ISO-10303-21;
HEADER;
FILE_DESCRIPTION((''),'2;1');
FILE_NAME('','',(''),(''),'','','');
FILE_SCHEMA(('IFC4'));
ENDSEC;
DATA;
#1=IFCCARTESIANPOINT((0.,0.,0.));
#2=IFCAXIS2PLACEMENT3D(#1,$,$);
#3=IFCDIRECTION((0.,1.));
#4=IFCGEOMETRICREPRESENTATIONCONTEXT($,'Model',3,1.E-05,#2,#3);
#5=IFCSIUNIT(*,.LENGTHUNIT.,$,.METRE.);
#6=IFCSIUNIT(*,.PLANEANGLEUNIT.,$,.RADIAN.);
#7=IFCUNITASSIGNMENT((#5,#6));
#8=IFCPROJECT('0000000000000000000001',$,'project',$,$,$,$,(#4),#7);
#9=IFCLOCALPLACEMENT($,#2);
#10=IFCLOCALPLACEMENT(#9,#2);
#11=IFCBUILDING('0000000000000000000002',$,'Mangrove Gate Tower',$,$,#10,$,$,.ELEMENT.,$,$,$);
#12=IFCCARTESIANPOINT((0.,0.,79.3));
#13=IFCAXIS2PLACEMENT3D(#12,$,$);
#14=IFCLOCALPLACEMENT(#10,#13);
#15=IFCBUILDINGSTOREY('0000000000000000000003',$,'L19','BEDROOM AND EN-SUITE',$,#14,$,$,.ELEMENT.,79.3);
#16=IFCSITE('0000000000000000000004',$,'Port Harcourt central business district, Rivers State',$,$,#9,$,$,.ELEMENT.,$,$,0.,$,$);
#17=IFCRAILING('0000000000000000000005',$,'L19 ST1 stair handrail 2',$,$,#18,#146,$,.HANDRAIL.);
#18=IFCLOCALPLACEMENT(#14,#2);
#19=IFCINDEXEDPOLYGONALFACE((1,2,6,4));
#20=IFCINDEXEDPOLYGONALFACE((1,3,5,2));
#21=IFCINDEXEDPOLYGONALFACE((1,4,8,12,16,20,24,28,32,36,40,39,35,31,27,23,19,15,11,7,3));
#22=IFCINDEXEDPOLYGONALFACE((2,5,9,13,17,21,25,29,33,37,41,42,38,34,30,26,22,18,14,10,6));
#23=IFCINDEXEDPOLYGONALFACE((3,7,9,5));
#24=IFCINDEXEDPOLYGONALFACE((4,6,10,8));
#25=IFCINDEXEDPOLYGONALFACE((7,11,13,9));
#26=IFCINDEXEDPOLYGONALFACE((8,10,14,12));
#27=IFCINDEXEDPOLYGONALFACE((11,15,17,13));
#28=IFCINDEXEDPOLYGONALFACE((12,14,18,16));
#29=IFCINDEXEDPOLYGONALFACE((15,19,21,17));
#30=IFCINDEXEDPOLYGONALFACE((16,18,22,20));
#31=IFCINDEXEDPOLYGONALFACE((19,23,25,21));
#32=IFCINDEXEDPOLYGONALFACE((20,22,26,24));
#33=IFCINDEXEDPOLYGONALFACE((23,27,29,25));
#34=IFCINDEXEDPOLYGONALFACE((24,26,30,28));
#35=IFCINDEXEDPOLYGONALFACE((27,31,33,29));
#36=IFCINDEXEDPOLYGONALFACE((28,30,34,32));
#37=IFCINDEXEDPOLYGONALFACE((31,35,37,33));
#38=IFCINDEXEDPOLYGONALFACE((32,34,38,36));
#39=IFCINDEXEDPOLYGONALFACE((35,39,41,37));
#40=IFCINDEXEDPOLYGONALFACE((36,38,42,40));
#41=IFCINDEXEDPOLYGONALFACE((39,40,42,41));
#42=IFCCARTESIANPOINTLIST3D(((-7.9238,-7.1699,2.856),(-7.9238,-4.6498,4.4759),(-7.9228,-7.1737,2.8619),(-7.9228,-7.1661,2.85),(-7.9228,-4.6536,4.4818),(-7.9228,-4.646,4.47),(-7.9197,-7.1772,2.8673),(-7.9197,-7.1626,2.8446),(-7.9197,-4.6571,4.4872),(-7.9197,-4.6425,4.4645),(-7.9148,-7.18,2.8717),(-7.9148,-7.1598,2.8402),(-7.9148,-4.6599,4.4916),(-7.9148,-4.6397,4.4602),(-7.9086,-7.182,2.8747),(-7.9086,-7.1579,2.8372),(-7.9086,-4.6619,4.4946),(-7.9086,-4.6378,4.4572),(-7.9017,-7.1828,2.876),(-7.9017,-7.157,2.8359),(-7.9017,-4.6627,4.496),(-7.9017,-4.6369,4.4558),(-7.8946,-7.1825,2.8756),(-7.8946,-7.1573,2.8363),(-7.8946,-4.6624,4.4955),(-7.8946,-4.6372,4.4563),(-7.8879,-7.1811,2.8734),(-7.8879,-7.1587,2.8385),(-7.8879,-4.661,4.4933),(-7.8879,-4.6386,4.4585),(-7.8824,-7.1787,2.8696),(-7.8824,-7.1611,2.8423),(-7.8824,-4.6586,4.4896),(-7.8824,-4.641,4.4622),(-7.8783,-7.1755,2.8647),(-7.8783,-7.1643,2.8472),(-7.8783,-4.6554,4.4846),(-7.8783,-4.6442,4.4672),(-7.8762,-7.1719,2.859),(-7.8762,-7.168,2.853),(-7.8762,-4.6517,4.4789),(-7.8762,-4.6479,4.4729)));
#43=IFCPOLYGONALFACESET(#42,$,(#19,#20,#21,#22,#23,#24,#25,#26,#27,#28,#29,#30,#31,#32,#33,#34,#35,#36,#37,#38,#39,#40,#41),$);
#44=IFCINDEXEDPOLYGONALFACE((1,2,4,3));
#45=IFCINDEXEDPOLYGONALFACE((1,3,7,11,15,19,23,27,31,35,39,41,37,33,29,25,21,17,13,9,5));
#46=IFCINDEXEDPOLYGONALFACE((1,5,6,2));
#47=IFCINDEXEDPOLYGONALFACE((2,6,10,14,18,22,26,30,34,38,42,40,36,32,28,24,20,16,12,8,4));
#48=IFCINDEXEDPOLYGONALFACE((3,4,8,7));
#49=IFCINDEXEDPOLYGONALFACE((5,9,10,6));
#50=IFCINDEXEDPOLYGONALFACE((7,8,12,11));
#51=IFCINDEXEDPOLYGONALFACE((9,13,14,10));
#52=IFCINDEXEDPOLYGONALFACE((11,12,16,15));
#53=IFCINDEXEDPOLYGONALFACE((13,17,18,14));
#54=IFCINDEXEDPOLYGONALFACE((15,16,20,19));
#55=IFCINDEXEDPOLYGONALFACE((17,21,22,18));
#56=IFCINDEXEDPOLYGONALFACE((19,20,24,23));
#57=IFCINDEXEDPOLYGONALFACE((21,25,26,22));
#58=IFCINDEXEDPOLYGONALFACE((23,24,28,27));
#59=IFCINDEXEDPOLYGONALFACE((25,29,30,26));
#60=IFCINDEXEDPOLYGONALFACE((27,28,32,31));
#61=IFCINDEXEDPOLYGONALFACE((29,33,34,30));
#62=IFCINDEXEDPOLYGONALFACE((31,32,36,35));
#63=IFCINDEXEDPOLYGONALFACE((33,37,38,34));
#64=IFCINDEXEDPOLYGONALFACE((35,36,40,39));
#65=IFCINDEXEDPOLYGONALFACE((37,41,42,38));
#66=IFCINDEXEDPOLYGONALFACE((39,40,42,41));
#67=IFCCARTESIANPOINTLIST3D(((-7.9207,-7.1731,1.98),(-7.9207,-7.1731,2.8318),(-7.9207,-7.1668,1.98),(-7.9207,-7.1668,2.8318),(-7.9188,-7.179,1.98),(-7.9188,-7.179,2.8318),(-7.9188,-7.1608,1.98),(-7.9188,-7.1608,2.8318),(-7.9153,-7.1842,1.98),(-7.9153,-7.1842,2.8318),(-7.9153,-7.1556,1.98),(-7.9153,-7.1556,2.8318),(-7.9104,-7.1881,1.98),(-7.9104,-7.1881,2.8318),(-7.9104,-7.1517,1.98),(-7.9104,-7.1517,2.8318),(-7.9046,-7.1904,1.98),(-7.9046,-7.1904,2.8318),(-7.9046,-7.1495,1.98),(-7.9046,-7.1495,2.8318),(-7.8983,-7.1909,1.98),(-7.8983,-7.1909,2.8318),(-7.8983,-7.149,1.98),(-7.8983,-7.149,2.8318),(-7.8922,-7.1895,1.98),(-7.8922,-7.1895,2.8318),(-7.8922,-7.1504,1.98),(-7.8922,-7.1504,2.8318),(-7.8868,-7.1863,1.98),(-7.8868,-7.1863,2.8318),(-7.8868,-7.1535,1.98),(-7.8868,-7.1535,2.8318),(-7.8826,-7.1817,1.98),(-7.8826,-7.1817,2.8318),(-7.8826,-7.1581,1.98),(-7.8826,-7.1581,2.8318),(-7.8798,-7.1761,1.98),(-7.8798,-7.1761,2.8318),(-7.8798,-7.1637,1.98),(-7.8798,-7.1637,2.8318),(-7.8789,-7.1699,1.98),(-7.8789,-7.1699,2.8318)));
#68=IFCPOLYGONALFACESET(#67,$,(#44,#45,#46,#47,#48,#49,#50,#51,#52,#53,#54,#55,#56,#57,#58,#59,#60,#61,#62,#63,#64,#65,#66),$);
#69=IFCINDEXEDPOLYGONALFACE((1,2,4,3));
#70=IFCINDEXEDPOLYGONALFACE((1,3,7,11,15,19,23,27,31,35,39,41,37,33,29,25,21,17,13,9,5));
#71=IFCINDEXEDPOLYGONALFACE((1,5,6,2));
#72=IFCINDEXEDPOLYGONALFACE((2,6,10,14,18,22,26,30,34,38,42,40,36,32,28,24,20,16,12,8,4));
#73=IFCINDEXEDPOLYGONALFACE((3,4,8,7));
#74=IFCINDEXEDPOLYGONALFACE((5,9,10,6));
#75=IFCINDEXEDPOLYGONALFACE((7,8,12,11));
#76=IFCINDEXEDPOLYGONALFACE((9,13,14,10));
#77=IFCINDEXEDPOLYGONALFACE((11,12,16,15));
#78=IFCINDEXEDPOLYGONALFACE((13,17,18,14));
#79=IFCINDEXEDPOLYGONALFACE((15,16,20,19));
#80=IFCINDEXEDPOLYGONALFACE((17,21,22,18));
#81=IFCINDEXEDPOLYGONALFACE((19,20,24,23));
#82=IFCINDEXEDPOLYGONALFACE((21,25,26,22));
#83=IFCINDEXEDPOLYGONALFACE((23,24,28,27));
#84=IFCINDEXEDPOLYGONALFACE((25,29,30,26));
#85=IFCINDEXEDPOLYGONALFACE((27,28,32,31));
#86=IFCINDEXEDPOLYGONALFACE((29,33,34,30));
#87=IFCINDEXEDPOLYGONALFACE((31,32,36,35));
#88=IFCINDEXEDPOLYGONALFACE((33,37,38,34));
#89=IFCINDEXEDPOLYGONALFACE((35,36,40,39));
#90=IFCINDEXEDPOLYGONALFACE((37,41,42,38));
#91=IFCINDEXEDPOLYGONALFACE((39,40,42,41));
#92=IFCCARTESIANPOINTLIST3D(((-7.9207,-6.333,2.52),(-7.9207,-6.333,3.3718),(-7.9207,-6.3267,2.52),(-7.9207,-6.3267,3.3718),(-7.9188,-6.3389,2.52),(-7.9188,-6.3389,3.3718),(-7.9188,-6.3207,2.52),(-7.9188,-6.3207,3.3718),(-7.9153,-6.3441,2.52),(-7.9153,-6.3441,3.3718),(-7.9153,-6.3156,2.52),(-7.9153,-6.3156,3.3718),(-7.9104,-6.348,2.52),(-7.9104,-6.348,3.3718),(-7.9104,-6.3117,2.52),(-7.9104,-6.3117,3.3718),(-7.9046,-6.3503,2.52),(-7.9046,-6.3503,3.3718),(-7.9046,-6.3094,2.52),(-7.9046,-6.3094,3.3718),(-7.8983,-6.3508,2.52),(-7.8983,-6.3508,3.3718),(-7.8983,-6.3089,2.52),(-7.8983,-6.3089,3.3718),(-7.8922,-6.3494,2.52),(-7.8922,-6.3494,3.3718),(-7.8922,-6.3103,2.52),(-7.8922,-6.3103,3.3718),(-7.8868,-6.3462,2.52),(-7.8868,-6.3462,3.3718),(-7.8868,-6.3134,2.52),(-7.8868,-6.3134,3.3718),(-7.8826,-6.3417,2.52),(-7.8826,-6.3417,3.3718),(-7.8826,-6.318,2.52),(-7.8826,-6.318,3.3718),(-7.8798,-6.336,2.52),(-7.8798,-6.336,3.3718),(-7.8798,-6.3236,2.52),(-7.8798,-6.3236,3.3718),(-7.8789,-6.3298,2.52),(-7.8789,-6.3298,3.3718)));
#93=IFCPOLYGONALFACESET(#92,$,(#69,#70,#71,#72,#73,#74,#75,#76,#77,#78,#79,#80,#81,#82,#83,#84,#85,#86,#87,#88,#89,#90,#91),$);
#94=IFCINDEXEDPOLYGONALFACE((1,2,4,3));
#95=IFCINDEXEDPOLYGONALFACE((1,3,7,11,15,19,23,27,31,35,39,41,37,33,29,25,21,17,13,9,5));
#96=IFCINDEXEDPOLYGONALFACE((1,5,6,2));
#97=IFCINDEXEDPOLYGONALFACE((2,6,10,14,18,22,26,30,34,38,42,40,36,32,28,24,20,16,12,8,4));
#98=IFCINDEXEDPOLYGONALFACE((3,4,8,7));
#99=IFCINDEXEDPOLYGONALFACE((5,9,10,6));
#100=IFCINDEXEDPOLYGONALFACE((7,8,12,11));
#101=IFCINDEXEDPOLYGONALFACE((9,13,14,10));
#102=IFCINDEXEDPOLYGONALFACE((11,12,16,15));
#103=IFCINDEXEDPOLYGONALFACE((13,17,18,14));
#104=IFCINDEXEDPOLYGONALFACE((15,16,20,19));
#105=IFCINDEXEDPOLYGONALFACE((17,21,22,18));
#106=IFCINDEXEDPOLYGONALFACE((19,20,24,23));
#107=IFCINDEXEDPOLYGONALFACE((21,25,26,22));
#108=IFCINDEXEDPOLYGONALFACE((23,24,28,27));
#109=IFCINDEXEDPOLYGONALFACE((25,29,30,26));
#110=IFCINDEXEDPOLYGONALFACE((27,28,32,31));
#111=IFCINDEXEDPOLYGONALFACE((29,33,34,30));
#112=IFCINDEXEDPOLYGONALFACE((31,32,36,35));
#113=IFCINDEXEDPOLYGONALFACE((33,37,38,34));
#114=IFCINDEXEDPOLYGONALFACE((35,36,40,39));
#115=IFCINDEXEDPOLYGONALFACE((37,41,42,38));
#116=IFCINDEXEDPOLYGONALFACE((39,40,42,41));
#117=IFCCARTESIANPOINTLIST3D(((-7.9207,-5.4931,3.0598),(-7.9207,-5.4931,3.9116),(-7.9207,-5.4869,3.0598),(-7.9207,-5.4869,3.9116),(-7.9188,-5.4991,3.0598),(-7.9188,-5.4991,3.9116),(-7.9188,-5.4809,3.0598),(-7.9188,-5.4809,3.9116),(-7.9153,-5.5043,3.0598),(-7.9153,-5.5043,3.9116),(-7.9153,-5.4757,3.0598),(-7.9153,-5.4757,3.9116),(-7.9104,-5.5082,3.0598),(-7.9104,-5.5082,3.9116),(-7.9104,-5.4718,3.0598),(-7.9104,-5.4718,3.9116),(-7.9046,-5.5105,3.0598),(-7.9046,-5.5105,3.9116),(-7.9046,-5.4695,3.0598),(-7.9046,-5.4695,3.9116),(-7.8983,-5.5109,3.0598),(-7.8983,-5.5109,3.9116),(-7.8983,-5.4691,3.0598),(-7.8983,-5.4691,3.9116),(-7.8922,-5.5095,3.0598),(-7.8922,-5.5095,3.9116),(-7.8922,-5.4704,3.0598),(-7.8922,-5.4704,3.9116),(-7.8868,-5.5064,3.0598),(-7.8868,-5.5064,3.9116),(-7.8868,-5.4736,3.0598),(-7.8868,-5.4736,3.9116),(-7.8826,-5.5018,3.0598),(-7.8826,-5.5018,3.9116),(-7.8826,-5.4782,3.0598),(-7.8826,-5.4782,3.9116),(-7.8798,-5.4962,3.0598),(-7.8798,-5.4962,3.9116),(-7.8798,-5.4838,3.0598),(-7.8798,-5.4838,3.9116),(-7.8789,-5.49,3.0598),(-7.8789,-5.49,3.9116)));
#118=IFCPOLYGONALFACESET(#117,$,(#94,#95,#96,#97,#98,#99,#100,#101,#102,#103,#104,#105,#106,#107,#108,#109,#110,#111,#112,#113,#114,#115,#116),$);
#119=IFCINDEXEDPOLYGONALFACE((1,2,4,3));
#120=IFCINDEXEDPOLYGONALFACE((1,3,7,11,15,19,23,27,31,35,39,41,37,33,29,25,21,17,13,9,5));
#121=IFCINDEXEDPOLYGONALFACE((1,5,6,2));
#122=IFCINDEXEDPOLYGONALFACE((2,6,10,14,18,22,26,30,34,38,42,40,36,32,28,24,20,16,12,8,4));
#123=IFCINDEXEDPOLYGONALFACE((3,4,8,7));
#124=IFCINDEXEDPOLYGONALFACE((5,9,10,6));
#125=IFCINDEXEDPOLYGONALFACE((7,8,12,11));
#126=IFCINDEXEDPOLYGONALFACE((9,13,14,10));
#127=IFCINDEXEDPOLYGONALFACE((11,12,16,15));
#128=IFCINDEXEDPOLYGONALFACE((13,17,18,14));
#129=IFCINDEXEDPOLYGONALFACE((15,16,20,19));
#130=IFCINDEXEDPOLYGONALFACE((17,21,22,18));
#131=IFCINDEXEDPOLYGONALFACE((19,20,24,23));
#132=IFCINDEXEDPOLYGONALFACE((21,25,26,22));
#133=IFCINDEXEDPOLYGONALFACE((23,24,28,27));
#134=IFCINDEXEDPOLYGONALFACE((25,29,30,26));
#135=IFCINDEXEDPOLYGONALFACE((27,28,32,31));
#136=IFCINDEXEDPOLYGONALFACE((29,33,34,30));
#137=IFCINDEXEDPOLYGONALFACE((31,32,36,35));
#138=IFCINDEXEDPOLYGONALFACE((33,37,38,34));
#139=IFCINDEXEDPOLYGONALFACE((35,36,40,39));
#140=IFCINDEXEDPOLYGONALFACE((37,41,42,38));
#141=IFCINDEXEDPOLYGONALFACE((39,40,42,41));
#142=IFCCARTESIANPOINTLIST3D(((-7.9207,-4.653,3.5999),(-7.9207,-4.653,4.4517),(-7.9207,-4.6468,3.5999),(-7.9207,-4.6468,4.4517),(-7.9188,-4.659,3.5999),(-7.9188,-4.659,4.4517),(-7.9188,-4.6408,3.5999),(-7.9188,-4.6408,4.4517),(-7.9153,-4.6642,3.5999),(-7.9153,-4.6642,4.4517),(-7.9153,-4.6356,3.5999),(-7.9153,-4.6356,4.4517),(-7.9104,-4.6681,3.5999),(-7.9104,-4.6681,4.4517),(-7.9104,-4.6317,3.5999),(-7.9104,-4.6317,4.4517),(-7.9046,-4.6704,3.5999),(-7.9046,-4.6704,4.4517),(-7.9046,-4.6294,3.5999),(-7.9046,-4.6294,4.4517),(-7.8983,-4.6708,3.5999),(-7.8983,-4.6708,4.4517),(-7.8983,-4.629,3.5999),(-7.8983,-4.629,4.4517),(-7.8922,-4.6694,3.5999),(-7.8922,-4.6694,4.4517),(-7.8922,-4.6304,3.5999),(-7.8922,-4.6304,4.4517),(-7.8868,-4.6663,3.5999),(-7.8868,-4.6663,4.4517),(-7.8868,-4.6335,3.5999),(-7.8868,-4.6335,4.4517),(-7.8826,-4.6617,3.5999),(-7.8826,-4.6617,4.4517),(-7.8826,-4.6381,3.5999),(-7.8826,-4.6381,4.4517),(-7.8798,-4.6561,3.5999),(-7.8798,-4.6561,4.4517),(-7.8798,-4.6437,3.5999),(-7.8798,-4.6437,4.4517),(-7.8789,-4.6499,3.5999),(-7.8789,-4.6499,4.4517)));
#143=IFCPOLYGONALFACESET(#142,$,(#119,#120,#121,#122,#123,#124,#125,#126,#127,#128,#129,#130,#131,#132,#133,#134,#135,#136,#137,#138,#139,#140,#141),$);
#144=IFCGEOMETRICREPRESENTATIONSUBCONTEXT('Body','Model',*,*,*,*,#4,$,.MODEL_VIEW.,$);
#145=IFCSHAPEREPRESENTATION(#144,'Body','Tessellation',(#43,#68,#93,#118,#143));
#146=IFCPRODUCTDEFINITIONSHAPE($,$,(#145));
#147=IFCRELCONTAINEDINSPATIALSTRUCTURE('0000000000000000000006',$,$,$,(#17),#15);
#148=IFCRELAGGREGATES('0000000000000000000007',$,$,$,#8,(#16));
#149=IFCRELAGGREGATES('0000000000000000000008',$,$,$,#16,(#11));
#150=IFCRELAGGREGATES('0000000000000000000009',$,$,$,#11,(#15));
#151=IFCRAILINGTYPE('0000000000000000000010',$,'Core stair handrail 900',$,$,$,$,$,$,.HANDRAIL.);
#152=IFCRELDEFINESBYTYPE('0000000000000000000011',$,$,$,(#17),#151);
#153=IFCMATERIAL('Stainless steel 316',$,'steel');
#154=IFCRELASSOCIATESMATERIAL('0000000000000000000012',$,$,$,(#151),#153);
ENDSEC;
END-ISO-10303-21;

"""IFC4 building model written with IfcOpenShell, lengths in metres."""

from ifc_helpers import new_model, si_unit, direction, frame, origin, origin_2d, place, context, subcontext, project, spatial, circle, extrude, material, type_object, element, save


model = new_model("IFC4")

# Units and contexts
model_context = context("Model", 3, precision=1e-05, world=origin(), true_north=direction((0.0, 1.0)))
body_context = subcontext(model_context, "Body", "Model", "MODEL_VIEW")
ifc_project = project(units=[si_unit("LENGTHUNIT", "METRE"), si_unit("PLANEANGLEUNIT", "RADIAN")], contexts=[model_context])

# Site, building, storey
site_placement = place(None, origin())
site = spatial("IfcSite", under=ifc_project, at=site_placement, Name="Port Harcourt central business district, Rivers State", CompositionType="ELEMENT", RefElevation=0.0)
building_placement = place(site_placement, origin())
building = spatial("IfcBuilding", under=site, at=building_placement, Name="Mangrove Gate Tower", CompositionType="ELEMENT")
storey_placement = place(building_placement, frame((0.0, 0.0, 79.3)))
storey = spatial("IfcBuildingStorey", under=building, at=storey_placement, Name="L19", Description="BEDROOM AND EN-SUITE", CompositionType="ELEMENT", Elevation=79.3)

# Railing
ifc_material_1 = material(Name="Stainless steel 316", Category="steel")
railing_type_1 = type_object("IfcRailingType", Name="Core stair handrail 900", PredefinedType="HANDRAIL", material=ifc_material_1)
railing_1_placement = place(storey_placement, frame((-7.8999, -7.1699, 1.98)))
element("IfcRailing", 1, at=railing_1_placement, inside=storey, type_object=railing_type_1, Name="L19 ST1 stair handrail 2", PredefinedType="HANDRAIL", context=body_context, shape_type="SweptSolid", body=[
    extrude(circle(Radius=0.0239, at=origin_2d()), frame((0.0, 0.0, 0.876), z_axis=(0.0, 0.8412, 0.540725), x_axis=(-1.0, 0.0, 0.0)), (0.0, 0.0, 1.0), 2.9958),
    extrude(circle(Radius=0.021, at=origin_2d()), origin(), (0.0, 0.0, 1.0), 0.8518),
    extrude(circle(Radius=0.021, at=origin_2d()), frame((0.0, 0.8401, 0.54)), (0.0, 0.0, 1.0), 0.8518),
    extrude(circle(Radius=0.021, at=origin_2d()), frame((0.0, 1.6799, 1.0798)), (0.0, 0.0, 1.0), 0.8518),
    extrude(circle(Radius=0.021, at=origin_2d()), frame((0.0, 2.52, 1.6199)), (0.0, 0.0, 1.0), 0.8518),
])

save(model, "model.ifc")
